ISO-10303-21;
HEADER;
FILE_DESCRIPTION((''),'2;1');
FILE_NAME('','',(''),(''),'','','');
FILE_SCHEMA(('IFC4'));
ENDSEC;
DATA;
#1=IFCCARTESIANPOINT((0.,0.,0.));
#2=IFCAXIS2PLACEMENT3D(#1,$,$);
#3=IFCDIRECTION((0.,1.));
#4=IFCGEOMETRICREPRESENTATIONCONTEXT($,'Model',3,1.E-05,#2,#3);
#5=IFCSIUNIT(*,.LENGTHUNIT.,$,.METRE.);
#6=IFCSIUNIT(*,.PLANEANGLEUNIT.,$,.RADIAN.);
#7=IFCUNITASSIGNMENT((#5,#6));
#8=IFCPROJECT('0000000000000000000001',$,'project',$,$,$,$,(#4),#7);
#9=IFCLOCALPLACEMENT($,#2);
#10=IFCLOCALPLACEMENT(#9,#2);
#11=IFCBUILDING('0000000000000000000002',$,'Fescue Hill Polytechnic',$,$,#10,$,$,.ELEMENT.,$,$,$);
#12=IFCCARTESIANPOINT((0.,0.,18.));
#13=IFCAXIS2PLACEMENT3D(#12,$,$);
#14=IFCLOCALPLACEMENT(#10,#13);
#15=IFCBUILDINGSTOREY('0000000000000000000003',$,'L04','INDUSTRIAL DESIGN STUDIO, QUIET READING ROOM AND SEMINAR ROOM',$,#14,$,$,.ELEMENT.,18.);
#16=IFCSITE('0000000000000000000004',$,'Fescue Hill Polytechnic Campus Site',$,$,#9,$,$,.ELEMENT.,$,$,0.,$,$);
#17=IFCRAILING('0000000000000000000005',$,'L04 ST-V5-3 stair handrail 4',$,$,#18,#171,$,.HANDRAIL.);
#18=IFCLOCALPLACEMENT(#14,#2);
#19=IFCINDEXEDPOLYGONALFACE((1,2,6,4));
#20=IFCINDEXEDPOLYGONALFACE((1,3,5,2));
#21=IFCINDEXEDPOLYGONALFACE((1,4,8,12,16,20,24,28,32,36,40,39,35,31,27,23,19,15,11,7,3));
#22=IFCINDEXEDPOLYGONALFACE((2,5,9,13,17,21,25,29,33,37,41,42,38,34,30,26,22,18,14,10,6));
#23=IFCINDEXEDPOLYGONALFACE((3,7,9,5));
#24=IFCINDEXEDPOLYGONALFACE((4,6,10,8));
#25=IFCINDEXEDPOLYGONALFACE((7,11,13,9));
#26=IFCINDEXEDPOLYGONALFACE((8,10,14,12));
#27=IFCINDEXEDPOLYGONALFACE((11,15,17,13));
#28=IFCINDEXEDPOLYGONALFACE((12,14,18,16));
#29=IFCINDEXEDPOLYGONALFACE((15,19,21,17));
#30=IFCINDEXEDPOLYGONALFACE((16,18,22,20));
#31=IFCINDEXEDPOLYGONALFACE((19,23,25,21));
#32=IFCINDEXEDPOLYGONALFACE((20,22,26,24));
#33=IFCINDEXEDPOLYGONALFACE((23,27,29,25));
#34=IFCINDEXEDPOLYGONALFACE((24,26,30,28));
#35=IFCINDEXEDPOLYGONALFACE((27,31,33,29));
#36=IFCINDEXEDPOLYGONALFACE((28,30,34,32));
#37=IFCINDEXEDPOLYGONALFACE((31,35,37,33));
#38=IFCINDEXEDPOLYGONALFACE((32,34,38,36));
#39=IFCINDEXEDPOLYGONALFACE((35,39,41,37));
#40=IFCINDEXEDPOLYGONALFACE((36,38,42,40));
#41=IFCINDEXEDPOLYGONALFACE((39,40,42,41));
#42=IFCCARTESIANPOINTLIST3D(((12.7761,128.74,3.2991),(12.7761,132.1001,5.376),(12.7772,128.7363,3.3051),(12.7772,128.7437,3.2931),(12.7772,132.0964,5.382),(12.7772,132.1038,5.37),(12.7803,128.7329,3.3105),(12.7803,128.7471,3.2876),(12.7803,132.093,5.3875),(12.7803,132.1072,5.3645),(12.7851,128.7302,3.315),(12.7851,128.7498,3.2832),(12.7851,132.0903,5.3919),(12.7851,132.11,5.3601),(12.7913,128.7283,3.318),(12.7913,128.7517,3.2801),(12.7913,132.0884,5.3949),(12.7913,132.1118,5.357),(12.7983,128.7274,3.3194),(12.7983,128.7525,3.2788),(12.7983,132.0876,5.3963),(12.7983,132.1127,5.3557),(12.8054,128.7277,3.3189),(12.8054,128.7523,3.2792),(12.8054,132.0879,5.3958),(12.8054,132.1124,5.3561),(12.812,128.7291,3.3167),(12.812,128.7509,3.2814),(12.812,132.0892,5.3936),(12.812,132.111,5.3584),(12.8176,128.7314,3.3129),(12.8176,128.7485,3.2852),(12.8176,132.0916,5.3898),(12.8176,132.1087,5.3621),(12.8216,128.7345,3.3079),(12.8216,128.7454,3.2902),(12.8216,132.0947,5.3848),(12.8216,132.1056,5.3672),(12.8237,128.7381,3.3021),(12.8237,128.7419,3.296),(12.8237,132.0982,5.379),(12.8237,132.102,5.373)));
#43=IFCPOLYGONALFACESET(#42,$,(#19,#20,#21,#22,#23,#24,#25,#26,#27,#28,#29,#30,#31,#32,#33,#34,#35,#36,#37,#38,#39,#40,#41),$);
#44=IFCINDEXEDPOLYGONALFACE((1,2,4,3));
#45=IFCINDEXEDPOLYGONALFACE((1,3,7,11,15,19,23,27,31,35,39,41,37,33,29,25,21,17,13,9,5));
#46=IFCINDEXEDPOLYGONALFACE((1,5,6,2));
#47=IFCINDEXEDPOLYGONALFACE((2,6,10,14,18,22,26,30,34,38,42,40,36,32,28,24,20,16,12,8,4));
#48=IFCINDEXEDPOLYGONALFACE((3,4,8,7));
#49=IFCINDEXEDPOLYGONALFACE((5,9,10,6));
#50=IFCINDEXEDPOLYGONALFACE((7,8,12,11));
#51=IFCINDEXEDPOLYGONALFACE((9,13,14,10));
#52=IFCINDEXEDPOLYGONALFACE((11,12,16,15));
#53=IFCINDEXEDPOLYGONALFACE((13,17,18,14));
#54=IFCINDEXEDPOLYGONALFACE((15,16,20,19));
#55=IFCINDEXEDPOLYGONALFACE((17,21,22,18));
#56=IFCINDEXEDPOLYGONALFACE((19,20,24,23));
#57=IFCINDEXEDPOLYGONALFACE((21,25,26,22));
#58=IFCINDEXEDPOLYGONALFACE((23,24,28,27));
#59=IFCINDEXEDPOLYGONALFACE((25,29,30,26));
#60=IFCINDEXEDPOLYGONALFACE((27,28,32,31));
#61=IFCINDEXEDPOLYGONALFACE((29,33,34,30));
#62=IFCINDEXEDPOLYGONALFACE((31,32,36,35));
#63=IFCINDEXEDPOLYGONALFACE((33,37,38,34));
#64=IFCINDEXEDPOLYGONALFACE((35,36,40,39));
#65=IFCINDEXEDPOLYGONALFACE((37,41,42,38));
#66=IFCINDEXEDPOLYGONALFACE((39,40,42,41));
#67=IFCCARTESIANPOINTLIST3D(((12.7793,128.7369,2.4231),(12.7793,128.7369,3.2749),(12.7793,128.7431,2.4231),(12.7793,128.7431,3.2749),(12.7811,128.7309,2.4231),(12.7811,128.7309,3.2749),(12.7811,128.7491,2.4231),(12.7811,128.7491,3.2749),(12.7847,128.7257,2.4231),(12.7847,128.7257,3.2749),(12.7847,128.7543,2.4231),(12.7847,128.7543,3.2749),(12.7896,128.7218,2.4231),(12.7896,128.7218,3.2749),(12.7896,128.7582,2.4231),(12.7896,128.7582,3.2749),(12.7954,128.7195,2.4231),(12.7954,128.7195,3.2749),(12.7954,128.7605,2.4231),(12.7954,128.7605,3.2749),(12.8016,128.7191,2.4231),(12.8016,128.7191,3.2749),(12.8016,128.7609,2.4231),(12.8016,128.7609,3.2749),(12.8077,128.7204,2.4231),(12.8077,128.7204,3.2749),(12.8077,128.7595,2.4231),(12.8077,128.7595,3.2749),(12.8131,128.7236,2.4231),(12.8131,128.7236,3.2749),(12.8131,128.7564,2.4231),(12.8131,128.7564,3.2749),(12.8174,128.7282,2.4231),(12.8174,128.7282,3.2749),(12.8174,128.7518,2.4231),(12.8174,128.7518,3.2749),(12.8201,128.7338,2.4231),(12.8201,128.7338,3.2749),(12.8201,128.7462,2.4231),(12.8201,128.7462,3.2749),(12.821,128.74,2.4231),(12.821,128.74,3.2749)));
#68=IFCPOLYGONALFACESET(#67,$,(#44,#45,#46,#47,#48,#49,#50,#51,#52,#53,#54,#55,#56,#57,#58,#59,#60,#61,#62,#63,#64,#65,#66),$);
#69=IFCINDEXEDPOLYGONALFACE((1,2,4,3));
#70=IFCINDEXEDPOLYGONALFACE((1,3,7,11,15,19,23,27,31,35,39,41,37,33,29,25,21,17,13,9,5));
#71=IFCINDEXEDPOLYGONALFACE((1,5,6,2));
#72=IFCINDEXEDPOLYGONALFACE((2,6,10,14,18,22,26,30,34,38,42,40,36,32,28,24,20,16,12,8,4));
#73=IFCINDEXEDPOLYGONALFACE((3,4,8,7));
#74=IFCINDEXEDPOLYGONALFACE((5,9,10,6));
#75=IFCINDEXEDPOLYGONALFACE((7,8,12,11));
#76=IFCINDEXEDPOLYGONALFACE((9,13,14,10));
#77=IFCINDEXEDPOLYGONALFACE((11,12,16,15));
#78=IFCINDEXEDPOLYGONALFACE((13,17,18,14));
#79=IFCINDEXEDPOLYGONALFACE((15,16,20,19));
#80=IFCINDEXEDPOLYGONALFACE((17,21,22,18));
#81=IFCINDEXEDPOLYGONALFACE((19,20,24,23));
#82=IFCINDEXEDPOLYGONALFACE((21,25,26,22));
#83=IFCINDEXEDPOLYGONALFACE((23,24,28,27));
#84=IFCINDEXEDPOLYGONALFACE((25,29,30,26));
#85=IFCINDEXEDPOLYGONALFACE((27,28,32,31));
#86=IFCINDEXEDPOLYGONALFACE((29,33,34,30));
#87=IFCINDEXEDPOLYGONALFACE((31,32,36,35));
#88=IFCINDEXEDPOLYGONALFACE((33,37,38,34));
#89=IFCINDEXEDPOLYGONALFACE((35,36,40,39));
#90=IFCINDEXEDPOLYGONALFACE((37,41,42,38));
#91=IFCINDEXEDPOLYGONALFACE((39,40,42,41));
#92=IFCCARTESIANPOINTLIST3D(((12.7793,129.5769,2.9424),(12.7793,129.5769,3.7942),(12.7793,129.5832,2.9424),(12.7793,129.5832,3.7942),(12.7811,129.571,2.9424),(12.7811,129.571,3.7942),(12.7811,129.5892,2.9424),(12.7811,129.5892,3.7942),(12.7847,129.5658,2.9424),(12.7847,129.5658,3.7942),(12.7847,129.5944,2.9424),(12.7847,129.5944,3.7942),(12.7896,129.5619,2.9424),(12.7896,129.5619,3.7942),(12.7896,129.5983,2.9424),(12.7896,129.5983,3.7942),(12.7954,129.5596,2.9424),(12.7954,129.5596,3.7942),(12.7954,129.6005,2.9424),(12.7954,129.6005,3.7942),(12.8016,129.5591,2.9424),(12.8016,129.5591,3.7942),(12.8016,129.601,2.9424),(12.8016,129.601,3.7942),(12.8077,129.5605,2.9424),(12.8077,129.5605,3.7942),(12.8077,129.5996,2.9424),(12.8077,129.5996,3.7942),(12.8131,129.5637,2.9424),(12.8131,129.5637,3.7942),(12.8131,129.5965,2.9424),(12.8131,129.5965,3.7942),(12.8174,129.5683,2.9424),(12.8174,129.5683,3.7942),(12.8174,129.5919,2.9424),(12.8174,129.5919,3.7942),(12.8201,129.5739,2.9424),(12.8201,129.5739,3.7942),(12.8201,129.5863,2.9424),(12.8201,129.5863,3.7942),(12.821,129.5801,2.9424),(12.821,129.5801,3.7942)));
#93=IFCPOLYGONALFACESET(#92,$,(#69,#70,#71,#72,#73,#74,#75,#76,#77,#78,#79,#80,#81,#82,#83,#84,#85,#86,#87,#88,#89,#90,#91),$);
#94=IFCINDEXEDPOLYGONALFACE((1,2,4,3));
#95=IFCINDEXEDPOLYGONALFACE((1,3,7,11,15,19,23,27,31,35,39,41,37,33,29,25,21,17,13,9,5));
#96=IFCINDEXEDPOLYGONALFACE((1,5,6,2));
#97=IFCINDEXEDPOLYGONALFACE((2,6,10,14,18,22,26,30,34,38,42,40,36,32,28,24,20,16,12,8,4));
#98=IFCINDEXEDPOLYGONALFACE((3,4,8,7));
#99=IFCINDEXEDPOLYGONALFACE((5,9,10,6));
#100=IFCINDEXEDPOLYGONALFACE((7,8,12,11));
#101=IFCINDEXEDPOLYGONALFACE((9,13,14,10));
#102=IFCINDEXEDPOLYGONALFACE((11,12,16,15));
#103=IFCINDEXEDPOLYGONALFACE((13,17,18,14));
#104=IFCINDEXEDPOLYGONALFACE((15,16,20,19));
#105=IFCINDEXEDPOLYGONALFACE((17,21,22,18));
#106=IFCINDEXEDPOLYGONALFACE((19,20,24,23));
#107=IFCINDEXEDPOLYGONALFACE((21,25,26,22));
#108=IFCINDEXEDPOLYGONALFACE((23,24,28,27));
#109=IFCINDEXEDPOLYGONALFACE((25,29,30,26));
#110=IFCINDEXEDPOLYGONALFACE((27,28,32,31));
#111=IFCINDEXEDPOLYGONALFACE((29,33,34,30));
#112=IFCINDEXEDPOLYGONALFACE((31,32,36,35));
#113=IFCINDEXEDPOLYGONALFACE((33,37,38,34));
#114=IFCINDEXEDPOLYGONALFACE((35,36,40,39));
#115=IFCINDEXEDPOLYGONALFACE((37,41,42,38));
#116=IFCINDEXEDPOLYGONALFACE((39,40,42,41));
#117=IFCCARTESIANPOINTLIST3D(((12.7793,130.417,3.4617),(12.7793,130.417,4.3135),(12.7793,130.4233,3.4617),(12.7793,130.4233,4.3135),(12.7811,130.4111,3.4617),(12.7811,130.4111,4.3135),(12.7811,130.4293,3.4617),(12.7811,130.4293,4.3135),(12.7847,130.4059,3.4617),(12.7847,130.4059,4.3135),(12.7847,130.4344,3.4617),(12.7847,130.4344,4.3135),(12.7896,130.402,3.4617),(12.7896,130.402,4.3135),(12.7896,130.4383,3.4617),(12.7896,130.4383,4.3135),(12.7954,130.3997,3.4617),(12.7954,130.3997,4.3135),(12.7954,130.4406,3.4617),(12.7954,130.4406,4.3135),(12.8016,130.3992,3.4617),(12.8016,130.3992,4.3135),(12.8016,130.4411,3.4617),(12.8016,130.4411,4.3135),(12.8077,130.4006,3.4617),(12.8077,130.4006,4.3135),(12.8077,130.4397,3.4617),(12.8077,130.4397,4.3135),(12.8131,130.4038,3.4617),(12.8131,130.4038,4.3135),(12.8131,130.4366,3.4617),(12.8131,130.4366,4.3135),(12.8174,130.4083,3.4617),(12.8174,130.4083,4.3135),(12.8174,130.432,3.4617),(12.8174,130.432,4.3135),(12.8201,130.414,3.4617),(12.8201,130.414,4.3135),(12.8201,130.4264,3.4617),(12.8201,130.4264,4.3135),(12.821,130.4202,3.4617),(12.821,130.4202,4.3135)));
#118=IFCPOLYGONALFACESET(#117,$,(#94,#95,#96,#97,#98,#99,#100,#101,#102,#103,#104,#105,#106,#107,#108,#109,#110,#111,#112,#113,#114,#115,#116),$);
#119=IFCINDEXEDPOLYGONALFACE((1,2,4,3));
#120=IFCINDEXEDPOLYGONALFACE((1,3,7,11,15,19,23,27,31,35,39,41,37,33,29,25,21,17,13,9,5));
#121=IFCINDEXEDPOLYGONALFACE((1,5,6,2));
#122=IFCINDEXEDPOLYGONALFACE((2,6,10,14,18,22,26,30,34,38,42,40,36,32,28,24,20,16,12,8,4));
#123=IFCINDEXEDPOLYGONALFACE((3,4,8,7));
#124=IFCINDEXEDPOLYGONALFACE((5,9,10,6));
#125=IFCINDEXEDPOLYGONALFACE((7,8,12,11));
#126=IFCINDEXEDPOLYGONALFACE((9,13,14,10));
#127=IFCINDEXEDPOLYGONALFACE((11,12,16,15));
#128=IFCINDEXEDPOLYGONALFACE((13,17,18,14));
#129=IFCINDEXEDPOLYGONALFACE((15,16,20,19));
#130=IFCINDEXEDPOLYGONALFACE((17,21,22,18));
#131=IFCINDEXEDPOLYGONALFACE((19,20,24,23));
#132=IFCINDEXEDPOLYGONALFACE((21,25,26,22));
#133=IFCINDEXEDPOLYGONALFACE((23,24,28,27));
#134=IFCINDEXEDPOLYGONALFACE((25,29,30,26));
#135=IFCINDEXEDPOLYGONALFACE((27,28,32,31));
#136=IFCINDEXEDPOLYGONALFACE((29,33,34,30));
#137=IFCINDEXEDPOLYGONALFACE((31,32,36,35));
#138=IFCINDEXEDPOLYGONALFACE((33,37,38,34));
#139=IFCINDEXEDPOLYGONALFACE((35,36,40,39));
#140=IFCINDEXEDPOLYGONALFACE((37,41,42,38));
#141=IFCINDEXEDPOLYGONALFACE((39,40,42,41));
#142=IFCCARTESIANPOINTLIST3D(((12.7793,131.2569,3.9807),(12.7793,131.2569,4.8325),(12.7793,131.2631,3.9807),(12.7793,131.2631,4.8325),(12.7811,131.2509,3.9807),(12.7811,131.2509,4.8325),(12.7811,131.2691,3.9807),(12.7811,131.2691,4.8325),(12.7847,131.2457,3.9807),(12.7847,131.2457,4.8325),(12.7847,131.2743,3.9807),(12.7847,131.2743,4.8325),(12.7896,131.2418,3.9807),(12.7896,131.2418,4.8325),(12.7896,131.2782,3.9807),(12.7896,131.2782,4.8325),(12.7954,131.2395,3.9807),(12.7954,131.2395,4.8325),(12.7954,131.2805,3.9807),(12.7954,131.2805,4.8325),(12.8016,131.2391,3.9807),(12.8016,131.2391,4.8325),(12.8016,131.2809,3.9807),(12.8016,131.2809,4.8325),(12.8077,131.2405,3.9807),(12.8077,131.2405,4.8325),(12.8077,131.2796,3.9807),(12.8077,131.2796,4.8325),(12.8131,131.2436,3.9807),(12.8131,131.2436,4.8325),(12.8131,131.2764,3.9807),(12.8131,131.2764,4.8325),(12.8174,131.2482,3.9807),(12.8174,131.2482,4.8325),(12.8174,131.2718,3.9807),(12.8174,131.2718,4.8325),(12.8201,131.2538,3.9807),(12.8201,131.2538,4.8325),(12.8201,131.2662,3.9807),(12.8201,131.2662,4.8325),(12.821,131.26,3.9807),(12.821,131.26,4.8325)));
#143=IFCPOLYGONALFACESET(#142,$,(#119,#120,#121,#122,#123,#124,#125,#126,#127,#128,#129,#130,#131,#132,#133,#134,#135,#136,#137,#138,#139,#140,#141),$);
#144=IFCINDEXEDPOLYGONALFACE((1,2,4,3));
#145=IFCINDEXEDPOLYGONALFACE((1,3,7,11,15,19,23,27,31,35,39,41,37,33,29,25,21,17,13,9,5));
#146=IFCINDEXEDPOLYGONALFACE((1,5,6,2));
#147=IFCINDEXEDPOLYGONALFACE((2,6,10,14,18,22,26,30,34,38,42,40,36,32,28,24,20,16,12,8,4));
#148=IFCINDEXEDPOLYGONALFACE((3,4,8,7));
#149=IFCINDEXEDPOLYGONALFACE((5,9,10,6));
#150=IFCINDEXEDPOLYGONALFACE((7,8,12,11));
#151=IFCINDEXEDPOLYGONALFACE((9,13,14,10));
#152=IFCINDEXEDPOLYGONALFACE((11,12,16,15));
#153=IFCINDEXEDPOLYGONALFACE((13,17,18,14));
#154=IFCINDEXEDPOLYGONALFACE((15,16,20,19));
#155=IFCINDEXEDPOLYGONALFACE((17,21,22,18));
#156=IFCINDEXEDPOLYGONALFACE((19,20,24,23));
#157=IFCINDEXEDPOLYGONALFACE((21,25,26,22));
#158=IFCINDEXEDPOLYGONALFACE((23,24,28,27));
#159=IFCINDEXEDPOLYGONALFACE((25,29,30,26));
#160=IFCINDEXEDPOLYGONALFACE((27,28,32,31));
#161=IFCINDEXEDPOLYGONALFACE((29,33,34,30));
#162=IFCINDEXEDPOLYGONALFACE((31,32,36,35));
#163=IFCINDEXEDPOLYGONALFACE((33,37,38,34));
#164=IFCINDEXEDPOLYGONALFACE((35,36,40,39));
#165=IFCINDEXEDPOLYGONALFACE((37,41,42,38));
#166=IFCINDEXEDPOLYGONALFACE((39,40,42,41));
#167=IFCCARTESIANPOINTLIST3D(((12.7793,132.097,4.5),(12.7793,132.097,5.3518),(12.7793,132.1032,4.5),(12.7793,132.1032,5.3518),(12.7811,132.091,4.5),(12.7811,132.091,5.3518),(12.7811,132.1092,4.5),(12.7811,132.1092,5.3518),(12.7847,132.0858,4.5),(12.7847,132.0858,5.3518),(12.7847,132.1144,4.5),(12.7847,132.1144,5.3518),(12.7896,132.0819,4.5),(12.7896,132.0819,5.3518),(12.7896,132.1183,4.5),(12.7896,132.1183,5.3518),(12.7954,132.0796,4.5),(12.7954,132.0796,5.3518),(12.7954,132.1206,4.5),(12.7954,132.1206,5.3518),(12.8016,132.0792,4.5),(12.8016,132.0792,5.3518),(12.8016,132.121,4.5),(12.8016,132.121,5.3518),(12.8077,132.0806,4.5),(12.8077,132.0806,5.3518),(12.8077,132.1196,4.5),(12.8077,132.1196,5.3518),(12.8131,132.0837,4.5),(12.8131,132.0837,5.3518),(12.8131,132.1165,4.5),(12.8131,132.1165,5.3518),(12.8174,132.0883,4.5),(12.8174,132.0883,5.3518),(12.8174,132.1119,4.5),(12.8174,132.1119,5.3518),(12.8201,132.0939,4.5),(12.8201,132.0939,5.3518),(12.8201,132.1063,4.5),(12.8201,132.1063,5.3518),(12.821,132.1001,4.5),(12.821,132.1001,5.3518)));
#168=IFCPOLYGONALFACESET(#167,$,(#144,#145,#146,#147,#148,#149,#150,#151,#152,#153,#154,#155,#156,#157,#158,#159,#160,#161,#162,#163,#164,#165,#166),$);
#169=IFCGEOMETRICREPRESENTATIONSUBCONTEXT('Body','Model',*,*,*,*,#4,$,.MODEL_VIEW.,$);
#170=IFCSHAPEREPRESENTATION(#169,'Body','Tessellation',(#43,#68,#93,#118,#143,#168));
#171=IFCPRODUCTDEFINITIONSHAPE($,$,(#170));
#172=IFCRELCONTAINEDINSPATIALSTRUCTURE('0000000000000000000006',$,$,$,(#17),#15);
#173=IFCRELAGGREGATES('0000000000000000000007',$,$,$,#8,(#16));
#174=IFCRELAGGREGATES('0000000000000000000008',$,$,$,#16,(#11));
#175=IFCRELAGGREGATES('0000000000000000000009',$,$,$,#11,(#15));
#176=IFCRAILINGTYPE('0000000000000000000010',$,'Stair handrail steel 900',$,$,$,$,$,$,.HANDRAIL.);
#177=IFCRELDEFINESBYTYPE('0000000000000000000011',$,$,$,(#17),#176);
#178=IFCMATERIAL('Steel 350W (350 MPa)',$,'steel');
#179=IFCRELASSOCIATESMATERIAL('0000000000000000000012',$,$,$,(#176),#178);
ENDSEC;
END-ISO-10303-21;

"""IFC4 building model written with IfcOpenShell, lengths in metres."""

from ifc_helpers import new_model, si_unit, direction, frame, origin, origin_2d, place, context, subcontext, project, spatial, circle, extrude, material, type_object, element, save


model = new_model("IFC4")

# Units and contexts
model_context = context("Model", 3, precision=1e-05, world=origin(), true_north=direction((0.0, 1.0)))
body_context = subcontext(model_context, "Body", "Model", "MODEL_VIEW")
ifc_project = project(units=[si_unit("LENGTHUNIT", "METRE"), si_unit("PLANEANGLEUNIT", "RADIAN")], contexts=[model_context])

# Site, building, storey
site_placement = place(None, origin())
site = spatial("IfcSite", under=ifc_project, at=site_placement, Name="Fescue Hill Polytechnic Campus Site", CompositionType="ELEMENT", RefElevation=0.0)
building_placement = place(site_placement, origin())
building = spatial("IfcBuilding", under=site, at=building_placement, Name="Fescue Hill Polytechnic", CompositionType="ELEMENT")
storey_placement = place(building_placement, frame((0.0, 0.0, 18.0)))
storey = spatial("IfcBuildingStorey", under=building, at=storey_placement, Name="L04", Description="INDUSTRIAL DESIGN STUDIO, QUIET READING ROOM AND SEMINAR ROOM", CompositionType="ELEMENT", Elevation=18.0)

# Railing
ifc_material_1 = material(Name="Steel 350W (350 MPa)", Category="steel")
railing_type_1 = type_object("IfcRailingType", Name="Stair handrail steel 900", PredefinedType="HANDRAIL", material=ifc_material_1)
railing_1_placement = place(storey_placement, frame((12.8, 128.74, 2.4231)))
element("IfcRailing", 1, at=railing_1_placement, inside=storey, type_object=railing_type_1, Name="L04 ST-V5-3 stair handrail 4", PredefinedType="HANDRAIL", context=body_context, shape_type="SweptSolid", body=[
    extrude(circle(Radius=0.0239, at=origin_2d()), frame((0.0, 0.0, 0.876), z_axis=(0.0, 0.850623, 0.525776), x_axis=(-1.0, 0.0, 0.0)), (0.0, 0.0, 1.0), 3.9502),
    extrude(circle(Radius=0.021, at=origin_2d()), origin(), (0.0, 0.0, 1.0), 0.8518),
    extrude(circle(Radius=0.021, at=origin_2d()), frame((0.0, 0.8401, 0.5193)), (0.0, 0.0, 1.0), 0.8518),
    extrude(circle(Radius=0.021, at=origin_2d()), frame((0.0, 1.6802, 1.0386)), (0.0, 0.0, 1.0), 0.8518),
    extrude(circle(Radius=0.021, at=origin_2d()), frame((0.0, 2.52, 1.5576)), (0.0, 0.0, 1.0), 0.8518),
    extrude(circle(Radius=0.021, at=origin_2d()), frame((0.0, 3.3601, 2.0769)), (0.0, 0.0, 1.0), 0.8518),
])

save(model, "model.ifc")
